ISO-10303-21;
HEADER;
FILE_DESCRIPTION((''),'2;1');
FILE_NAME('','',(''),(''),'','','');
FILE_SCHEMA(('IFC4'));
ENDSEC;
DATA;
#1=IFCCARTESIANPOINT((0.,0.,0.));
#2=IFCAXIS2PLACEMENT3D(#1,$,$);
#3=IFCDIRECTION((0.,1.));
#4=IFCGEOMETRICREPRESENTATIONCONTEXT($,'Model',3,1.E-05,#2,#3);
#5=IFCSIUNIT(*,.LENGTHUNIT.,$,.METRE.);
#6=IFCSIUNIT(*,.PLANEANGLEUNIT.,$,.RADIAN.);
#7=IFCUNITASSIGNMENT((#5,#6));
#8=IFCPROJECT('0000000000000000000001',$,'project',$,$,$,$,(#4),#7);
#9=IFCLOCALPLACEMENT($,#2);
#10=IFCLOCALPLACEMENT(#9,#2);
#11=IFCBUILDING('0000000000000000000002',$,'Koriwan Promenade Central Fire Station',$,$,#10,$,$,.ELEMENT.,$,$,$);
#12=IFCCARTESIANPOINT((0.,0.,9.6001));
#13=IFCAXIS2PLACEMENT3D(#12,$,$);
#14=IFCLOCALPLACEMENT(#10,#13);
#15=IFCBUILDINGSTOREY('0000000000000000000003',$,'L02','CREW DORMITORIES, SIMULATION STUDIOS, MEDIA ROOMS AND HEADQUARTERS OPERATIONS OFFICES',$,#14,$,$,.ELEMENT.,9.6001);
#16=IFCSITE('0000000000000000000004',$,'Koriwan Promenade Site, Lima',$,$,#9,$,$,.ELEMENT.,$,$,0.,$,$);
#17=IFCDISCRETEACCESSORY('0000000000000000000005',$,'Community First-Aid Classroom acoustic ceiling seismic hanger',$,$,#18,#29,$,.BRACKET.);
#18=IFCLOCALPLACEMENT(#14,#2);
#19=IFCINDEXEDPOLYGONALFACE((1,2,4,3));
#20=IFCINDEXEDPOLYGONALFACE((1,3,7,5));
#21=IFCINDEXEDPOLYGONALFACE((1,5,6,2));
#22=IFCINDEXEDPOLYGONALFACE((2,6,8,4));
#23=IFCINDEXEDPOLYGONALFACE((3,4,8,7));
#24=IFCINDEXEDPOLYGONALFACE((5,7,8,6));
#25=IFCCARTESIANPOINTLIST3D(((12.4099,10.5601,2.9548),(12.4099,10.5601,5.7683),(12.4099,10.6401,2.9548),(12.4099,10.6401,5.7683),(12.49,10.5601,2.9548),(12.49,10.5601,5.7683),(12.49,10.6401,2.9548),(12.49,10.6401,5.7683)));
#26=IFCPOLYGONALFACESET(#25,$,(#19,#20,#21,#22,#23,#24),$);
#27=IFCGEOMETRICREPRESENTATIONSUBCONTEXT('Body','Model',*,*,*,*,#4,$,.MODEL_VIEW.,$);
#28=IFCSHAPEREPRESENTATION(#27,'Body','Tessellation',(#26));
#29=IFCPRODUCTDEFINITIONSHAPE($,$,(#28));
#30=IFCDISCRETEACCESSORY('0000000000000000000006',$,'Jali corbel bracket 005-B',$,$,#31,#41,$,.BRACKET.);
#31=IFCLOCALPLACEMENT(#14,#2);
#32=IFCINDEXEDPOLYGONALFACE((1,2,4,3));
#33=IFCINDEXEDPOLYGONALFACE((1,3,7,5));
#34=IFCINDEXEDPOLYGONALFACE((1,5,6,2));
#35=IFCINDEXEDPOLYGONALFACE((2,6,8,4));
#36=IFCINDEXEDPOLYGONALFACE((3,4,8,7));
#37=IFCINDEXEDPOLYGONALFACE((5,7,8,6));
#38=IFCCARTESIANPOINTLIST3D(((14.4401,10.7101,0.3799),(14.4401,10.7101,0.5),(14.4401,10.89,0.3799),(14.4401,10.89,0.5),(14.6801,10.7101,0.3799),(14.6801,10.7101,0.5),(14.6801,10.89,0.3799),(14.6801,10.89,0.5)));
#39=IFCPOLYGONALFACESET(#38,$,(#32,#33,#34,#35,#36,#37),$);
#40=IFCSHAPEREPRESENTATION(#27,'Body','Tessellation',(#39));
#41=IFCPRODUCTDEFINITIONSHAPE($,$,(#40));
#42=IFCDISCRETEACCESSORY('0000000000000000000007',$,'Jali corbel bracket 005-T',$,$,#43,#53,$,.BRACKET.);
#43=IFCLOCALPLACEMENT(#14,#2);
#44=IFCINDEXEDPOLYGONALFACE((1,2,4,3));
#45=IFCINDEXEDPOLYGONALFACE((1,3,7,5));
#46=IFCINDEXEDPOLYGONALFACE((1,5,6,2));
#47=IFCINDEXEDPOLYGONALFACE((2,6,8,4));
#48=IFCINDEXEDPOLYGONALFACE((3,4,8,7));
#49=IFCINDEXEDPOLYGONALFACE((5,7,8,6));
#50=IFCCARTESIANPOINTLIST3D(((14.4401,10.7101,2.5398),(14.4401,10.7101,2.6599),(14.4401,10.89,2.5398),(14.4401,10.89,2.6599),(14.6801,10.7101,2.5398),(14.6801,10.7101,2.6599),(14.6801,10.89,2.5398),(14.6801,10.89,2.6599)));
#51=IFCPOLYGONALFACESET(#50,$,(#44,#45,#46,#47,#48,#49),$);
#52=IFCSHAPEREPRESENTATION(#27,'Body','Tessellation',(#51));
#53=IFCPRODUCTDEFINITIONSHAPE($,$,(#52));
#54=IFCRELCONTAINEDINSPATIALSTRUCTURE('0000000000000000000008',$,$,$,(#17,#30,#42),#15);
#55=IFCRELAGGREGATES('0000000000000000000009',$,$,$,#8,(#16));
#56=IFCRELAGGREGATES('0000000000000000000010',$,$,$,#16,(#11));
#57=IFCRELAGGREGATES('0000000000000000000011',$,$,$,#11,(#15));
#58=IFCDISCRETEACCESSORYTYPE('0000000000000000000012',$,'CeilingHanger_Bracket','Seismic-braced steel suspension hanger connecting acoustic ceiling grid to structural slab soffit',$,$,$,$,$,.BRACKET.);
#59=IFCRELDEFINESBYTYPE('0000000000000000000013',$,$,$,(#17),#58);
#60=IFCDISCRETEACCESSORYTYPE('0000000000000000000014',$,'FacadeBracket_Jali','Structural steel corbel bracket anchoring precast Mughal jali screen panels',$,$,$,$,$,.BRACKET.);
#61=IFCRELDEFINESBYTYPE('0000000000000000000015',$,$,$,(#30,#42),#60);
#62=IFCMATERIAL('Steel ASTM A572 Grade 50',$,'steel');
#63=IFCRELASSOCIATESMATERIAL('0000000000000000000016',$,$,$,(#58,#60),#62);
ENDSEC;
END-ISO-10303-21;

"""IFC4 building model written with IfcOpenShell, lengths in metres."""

from ifc_helpers import new_model, si_unit, direction, frame, origin, origin_2d, place, context, subcontext, project, spatial, rectangle, extrude, material, type_object, element, save


model = new_model("IFC4")

# Units and contexts
model_context = context("Model", 3, precision=1e-05, world=origin(), true_north=direction((0.0, 1.0)))
body_context = subcontext(model_context, "Body", "Model", "MODEL_VIEW")
ifc_project = project(units=[si_unit("LENGTHUNIT", "METRE"), si_unit("PLANEANGLEUNIT", "RADIAN")], contexts=[model_context])

# Site, building, storey
site_placement = place(None, origin())
site = spatial("IfcSite", under=ifc_project, at=site_placement, Name="Koriwan Promenade Site, Lima", CompositionType="ELEMENT", RefElevation=0.0)
building_placement = place(site_placement, origin())
building = spatial("IfcBuilding", under=site, at=building_placement, Name="Koriwan Promenade Central Fire Station", CompositionType="ELEMENT")
storey_placement = place(building_placement, frame((0.0, 0.0, 9.6001)))
storey = spatial("IfcBuildingStorey", under=building, at=storey_placement, Name="L02", Description="CREW DORMITORIES, SIMULATION STUDIOS, MEDIA ROOMS AND HEADQUARTERS OPERATIONS OFFICES", CompositionType="ELEMENT", Elevation=9.6001)

# Discrete accessories
ifc_material_1 = material(Name="Steel ASTM A572 Grade 50", Category="steel")
discrete_accessory_type_1 = type_object("IfcDiscreteAccessoryType", Name="CeilingHanger_Bracket", Description="Seismic-braced steel suspension hanger connecting acoustic ceiling grid to structural slab soffit", PredefinedType="BRACKET", material=ifc_material_1)
discrete_accessory_placement = place(storey_placement, frame((12.45, 10.6001, 2.9548), z_axis=(0.0, 0.0, 1.0), x_axis=(1.0, 0.0, 0.0)))
element("IfcDiscreteAccessory", 1, at=discrete_accessory_placement, inside=storey, type_object=discrete_accessory_type_1, Name="Community First-Aid Classroom acoustic ceiling seismic hanger", PredefinedType="BRACKET", context=body_context, shape_type="SweptSolid", body=[
    extrude(rectangle(XDim=0.0801, YDim=0.0801, at=origin_2d()), origin(), (0.0, 0.0, 1.0), 2.8135),
])
discrete_accessory_type_2 = type_object("IfcDiscreteAccessoryType", Name="FacadeBracket_Jali", Description="Structural steel corbel bracket anchoring precast Mughal jali screen panels", PredefinedType="BRACKET", material=ifc_material_1)
for number, where, z_axis, x_axis, name in (
    (2, (14.5601, 10.8, 0.3799), (0.0, 0.0, 1.0), (1.0, 0.0, 0.0), "Jali corbel bracket 005-B"),
    (3, (14.5601, 10.8, 2.5398), (0.0, 0.0, 1.0), (1.0, 0.0, 0.0), "Jali corbel bracket 005-T"),
):
    element("IfcDiscreteAccessory", number, at=place(storey_placement, frame(where, z_axis=z_axis, x_axis=x_axis)), inside=storey, type_object=discrete_accessory_type_2, Name=name, PredefinedType="BRACKET", context=body_context, shape_type="SweptSolid", body=[
        extrude(rectangle(XDim=0.24, YDim=0.1799, at=origin_2d()), origin(), (0.0, 0.0, 1.0), 0.1201),
    ])

save(model, "model.ifc")
